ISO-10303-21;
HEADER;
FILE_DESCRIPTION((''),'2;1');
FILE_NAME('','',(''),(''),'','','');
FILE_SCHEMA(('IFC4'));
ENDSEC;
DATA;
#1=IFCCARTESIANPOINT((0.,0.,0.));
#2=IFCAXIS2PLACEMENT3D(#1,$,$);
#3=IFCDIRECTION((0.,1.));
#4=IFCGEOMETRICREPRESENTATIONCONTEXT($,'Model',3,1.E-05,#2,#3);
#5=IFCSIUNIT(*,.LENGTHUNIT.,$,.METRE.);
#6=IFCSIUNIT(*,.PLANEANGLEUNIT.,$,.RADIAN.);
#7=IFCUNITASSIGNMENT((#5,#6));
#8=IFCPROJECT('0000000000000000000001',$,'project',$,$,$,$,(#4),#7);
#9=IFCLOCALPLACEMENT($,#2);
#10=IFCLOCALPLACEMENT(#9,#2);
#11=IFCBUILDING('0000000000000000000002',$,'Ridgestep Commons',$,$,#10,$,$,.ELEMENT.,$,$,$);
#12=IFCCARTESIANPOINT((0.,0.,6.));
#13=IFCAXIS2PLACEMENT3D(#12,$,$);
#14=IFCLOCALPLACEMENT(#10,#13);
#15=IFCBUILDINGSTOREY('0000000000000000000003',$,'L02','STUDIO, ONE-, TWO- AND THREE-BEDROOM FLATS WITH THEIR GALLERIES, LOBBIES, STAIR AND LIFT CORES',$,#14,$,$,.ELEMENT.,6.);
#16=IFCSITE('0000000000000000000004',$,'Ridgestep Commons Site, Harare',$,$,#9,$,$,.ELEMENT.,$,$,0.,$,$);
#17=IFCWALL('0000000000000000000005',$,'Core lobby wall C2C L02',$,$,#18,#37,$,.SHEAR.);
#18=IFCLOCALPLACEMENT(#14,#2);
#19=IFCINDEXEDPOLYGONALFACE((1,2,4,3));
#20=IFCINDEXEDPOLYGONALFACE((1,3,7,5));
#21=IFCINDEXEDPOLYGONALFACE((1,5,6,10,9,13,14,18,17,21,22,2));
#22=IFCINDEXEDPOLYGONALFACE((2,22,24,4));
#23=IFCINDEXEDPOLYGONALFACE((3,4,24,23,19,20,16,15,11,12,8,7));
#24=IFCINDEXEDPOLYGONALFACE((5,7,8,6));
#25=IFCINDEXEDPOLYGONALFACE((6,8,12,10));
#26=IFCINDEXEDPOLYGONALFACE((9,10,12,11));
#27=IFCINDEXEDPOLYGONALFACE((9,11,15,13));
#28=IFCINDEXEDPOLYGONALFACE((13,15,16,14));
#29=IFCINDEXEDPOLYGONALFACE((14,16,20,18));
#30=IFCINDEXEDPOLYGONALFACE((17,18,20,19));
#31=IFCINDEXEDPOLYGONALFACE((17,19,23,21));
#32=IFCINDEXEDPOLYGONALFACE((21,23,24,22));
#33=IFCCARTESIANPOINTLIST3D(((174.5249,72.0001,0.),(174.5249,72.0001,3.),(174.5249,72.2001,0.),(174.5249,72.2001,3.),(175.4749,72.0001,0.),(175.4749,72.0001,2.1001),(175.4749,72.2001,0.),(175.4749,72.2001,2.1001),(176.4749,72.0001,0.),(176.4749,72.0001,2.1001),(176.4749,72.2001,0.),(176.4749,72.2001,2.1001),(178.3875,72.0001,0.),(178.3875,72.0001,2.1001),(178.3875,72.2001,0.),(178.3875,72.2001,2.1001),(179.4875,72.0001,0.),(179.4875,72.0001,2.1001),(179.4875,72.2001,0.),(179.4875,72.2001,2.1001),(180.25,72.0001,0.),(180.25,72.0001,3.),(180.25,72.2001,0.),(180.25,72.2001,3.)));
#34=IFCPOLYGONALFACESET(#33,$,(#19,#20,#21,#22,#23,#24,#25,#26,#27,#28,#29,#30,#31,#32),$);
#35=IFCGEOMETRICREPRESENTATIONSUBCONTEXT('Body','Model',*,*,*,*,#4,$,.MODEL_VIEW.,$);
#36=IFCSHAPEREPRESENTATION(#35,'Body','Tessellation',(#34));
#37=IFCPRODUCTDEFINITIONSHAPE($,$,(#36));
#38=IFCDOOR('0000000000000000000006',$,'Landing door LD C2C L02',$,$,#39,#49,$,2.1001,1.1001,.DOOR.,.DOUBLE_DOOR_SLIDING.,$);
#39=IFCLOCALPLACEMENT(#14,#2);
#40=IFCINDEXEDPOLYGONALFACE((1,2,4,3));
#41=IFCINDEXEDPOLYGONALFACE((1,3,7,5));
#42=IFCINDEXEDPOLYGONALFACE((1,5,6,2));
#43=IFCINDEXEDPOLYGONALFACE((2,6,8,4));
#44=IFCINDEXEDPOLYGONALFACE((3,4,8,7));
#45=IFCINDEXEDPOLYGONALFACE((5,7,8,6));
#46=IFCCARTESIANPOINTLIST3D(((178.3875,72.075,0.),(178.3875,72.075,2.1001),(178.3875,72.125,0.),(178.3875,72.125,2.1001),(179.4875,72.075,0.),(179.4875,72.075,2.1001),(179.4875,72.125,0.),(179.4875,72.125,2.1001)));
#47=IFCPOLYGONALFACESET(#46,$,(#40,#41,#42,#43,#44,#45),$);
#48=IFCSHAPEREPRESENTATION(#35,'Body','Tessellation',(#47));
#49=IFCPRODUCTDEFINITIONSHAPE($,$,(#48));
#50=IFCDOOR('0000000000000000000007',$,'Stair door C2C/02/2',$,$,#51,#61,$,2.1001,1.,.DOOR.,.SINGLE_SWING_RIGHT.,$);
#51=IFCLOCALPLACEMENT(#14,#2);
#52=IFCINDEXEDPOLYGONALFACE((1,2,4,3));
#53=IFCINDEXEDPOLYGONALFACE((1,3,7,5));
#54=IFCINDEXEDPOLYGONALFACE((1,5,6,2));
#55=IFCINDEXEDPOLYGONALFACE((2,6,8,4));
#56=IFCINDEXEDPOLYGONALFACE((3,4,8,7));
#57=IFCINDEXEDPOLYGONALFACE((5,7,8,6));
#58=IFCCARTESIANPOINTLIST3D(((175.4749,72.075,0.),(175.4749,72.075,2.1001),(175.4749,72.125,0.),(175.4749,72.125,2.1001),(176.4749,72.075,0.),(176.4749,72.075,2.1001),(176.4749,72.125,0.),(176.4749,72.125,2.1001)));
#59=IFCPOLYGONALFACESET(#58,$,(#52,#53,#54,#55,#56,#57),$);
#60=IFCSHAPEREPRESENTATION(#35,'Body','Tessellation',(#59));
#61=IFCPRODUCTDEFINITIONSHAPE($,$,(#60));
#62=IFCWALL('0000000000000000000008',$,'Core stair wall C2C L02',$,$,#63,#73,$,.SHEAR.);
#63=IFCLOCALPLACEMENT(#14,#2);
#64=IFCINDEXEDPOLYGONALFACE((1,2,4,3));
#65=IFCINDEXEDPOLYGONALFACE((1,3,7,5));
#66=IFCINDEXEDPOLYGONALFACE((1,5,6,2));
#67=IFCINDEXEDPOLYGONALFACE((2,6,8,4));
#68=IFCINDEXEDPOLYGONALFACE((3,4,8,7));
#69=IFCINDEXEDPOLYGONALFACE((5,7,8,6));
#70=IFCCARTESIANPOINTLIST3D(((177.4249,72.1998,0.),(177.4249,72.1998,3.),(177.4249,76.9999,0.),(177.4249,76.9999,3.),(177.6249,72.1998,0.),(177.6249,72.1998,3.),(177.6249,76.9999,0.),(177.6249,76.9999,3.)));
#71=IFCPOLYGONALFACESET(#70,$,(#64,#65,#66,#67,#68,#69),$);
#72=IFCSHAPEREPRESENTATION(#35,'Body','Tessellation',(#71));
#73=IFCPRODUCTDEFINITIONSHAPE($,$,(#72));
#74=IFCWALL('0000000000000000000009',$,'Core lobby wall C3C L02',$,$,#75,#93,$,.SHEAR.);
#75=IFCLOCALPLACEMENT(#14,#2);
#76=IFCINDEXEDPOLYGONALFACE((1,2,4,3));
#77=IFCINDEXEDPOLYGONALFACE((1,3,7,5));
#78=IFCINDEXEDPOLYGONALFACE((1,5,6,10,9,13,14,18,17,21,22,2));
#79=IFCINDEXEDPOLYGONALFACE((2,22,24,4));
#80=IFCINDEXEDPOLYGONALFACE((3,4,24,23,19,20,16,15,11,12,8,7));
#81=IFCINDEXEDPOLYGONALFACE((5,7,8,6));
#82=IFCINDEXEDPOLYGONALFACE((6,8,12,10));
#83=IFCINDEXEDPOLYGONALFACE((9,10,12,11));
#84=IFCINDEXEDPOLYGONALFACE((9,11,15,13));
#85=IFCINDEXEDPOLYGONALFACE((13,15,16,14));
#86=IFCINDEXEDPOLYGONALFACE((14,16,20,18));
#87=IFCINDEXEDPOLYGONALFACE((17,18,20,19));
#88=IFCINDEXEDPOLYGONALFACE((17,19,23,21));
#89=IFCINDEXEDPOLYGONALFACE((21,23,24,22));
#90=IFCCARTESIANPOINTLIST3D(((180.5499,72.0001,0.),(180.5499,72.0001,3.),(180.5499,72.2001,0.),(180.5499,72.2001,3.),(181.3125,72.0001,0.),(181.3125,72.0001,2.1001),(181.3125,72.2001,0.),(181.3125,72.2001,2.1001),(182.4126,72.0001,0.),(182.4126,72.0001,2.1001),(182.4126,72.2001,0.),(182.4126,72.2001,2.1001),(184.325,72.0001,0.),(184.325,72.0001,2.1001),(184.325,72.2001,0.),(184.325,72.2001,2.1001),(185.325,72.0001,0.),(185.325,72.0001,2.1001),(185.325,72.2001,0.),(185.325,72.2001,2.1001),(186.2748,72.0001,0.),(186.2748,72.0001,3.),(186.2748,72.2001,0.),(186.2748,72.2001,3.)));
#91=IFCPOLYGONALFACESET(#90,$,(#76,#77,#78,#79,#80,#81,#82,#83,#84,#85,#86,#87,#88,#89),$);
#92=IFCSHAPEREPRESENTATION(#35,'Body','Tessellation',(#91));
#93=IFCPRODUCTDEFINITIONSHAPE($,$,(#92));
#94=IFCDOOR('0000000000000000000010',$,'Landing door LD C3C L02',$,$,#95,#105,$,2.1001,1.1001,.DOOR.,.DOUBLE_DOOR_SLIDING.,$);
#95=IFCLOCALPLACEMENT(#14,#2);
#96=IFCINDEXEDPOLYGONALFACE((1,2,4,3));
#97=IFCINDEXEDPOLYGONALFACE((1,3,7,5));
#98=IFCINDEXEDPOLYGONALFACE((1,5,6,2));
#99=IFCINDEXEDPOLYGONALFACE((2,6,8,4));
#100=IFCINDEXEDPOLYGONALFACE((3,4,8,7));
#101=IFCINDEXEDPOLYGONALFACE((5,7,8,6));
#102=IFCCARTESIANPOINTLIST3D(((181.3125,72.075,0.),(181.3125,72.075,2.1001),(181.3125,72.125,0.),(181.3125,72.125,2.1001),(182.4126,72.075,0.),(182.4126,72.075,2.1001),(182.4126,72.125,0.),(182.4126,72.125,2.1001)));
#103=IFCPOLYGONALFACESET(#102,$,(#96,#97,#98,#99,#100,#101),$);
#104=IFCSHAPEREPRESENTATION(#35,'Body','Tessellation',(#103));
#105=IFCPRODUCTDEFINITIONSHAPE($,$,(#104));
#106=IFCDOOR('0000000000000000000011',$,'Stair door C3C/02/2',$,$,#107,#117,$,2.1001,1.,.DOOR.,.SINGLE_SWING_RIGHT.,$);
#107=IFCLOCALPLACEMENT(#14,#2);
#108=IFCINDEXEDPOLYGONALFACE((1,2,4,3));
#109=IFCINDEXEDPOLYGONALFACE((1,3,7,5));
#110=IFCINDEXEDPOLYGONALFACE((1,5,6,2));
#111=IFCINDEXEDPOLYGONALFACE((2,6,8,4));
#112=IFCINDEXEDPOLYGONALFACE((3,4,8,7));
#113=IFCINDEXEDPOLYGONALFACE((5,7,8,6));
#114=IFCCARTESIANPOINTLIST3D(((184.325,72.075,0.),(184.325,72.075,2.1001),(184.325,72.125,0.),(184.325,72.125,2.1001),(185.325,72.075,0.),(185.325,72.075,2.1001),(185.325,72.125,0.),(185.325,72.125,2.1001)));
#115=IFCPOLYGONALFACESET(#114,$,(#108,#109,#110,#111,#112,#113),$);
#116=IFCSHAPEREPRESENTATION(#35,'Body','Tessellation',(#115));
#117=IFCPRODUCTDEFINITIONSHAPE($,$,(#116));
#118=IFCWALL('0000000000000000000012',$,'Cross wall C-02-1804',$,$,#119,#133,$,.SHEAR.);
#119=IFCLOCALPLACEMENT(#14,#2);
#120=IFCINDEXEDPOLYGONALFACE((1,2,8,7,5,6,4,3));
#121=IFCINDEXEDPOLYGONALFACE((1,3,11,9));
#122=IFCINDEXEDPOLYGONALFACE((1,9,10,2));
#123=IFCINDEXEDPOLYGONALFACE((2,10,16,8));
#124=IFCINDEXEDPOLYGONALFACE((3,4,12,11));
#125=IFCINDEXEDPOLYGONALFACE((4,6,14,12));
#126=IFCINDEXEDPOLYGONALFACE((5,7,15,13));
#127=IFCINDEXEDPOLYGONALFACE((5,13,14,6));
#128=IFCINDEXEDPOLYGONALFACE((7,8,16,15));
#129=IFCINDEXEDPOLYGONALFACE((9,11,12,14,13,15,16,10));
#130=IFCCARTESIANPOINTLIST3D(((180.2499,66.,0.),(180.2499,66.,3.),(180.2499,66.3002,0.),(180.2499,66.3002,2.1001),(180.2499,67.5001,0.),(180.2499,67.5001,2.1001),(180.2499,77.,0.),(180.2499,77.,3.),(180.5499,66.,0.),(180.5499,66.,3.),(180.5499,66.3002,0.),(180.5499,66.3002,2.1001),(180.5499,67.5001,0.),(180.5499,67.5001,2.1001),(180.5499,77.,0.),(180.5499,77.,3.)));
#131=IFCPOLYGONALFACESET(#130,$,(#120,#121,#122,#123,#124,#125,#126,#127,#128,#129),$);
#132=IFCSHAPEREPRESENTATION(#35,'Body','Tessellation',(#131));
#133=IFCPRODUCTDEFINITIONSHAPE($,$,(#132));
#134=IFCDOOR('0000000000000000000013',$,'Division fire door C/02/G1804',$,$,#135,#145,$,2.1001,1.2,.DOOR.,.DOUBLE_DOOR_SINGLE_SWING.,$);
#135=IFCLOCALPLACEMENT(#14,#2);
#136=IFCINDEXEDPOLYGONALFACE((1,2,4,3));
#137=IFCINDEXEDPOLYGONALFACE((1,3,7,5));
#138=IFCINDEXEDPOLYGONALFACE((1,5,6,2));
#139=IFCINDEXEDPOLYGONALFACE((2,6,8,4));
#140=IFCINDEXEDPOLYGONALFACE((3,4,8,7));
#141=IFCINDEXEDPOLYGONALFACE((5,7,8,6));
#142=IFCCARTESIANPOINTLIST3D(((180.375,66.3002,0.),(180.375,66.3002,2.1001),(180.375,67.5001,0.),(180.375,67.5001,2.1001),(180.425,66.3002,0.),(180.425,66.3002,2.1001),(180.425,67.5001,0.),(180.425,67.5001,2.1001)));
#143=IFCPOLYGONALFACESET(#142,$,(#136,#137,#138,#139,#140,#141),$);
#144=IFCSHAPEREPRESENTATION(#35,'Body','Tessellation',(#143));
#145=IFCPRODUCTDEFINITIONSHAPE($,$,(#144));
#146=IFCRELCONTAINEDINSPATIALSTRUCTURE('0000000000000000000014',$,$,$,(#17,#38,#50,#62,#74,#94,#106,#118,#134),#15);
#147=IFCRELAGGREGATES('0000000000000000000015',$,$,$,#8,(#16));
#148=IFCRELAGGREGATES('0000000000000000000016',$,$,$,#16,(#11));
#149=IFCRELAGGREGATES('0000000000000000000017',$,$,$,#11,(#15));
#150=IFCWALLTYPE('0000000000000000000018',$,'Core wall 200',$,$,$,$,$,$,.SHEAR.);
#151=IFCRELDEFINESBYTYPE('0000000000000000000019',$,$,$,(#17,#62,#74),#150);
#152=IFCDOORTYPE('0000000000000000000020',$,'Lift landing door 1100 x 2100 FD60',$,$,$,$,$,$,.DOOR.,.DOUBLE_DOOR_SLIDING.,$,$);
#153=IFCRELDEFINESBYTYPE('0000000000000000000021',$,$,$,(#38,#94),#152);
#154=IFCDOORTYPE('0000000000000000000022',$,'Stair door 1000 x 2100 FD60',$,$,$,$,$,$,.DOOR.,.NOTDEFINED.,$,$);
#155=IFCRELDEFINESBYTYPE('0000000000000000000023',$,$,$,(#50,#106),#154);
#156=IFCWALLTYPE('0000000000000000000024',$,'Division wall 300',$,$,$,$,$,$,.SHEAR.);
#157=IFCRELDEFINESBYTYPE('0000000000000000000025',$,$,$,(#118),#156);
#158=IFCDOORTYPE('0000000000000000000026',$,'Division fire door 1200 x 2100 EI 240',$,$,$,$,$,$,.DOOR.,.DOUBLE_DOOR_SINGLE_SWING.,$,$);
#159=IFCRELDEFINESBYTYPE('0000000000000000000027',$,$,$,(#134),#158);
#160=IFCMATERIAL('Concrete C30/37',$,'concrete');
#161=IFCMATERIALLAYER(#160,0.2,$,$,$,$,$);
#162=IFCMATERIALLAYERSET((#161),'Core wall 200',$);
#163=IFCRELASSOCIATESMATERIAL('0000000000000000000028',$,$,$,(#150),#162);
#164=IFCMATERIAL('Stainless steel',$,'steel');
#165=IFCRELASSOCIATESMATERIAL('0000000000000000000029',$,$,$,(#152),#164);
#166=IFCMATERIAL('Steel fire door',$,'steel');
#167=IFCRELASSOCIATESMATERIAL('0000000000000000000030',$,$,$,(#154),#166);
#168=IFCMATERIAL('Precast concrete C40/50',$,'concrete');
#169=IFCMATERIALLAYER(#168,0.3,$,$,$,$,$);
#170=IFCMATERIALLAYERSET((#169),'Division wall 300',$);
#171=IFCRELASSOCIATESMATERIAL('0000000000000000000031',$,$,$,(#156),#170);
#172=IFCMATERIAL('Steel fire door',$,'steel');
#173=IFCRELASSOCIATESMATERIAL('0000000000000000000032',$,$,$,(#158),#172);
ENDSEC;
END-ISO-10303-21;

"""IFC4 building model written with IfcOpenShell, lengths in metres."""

from ifc_helpers import new_model, si_unit, direction, frame, frame_2d, origin, place, context, subcontext, project, spatial, rectangle, extrude, material, layer, layer_set, type_object, element, fill, save


model = new_model("IFC4")

# Units and contexts
model_context = context("Model", 3, precision=1e-05, world=origin(), true_north=direction((0.0, 1.0)))
body_context = subcontext(model_context, "Body", "Model", "MODEL_VIEW")
ifc_project = project(units=[si_unit("LENGTHUNIT", "METRE"), si_unit("PLANEANGLEUNIT", "RADIAN")], contexts=[model_context])

# Site, building, storey
site_placement = place(None, origin())
site = spatial("IfcSite", under=ifc_project, at=site_placement, Name="Ridgestep Commons Site, Harare", CompositionType="ELEMENT", RefElevation=0.0)
building_placement = place(site_placement, origin())
building = spatial("IfcBuilding", under=site, at=building_placement, Name="Ridgestep Commons", CompositionType="ELEMENT")
storey_placement = place(building_placement, frame((0.0, 0.0, 6.0)))
storey = spatial("IfcBuildingStorey", under=building, at=storey_placement, Name="L02", Description="STUDIO, ONE-, TWO- AND THREE-BEDROOM FLATS WITH THEIR GALLERIES, LOBBIES, STAIR AND LIFT CORES", CompositionType="ELEMENT", Elevation=6.0)

# Wall, openings, doors
ifc_material_1 = material(Name="Concrete C30/37", Category="concrete")
ifc_layer_1 = layer(ifc_material_1, 0.2)
ifc_layer_set_1 = layer_set([ifc_layer_1], Name="Core wall 200")
wall_type_1 = type_object("IfcWallType", Name="Core wall 200", PredefinedType="SHEAR", material=ifc_layer_set_1)
wall_1_placement = place(storey_placement, frame((174.5249, 72.1001, 0.0), z_axis=(0.0, 0.0, 1.0), x_axis=(1.0, 0.0, 0.0)))
wall_1 = element("IfcWall", 1, at=wall_1_placement, inside=storey, type_object=wall_type_1, Name="Core lobby wall C2C L02", PredefinedType="SHEAR", context=body_context, shape_type="SweptSolid", body=[
    extrude(rectangle(XDim=5.7251, YDim=0.2, at=frame_2d((2.8625, 0.0))), origin(), (0.0, 0.0, 1.0), 3.0),
])
opening_1_placement = place(wall_1_placement, frame((0.95, 0.0, 0.0)))
opening_1 = element("IfcOpeningElement", 2, at=opening_1_placement, cuts=wall_1, PredefinedType="OPENING", context=body_context, shape_type="SweptSolid", body=[
    extrude(rectangle(XDim=1.0, YDim=2.1001, at=frame_2d((0.5, 1.05))), frame((0.0, 0.1099, 0.0), z_axis=(0.0, -1.0, 0.0), x_axis=(1.0, 0.0, 0.0)), (0.0, 0.0, 1.0), 0.22),
])
opening_2_placement = place(wall_1_placement, frame((3.8625, 0.0, 0.0)))
opening_2 = element("IfcOpeningElement", 3, at=opening_2_placement, cuts=wall_1, PredefinedType="OPENING", context=body_context, shape_type="SweptSolid", body=[
    extrude(rectangle(XDim=1.1001, YDim=2.1001, at=frame_2d((0.55, 1.05))), frame((0.0, 0.1099, 0.0), z_axis=(0.0, -1.0, 0.0), x_axis=(1.0, 0.0, 0.0)), (0.0, 0.0, 1.0), 0.22),
])
ifc_material_2 = material(Name="Stainless steel", Category="steel")
door_type_1 = type_object("IfcDoorType", Name="Lift landing door 1100 x 2100 FD60", OperationType="DOUBLE_DOOR_SLIDING", PredefinedType="DOOR", material=ifc_material_2)
door_1_placement = place(opening_2_placement, origin())
door_1 = element("IfcDoor", 4, at=door_1_placement, inside=storey, type_object=door_type_1, Name="Landing door LD C2C L02", OperationType="DOUBLE_DOOR_SLIDING", OverallHeight=2.1001, OverallWidth=1.1001, PredefinedType="DOOR", context=body_context, shape_type="SweptSolid", body=[
    extrude(rectangle(XDim=1.1001, YDim=2.1001, at=frame_2d((0.55, 1.05))), frame((0.0, 0.0249, 0.0), z_axis=(0.0, -1.0, 0.0), x_axis=(1.0, 0.0, 0.0)), (0.0, 0.0, 1.0), 0.05),
])
fill(opening_2, door_1)
ifc_material_3 = material(Name="Steel fire door", Category="steel")
door_type_2 = type_object("IfcDoorType", Name="Stair door 1000 x 2100 FD60", OperationType="NOTDEFINED", PredefinedType="DOOR", material=ifc_material_3)
door_2_placement = place(opening_1_placement, origin())
door_2 = element("IfcDoor", 5, at=door_2_placement, inside=storey, type_object=door_type_2, Name="Stair door C2C/02/2", OperationType="SINGLE_SWING_RIGHT", OverallHeight=2.1001, OverallWidth=1.0, PredefinedType="DOOR", context=body_context, shape_type="SweptSolid", body=[
    extrude(rectangle(XDim=1.0, YDim=2.1001, at=frame_2d((0.5, 1.05))), frame((0.0, 0.0249, 0.0), z_axis=(0.0, -1.0, 0.0), x_axis=(1.0, 0.0, 0.0)), (0.0, 0.0, 1.0), 0.05),
])
fill(opening_1, door_2)

# Wall
wall_2_placement = place(storey_placement, frame((177.5249, 72.2, 0.0), z_axis=(0.0, 0.0, 1.0), x_axis=(0.0, 1.0, 0.0)))
element("IfcWall", 6, at=wall_2_placement, inside=storey, type_object=wall_type_1, Name="Core stair wall C2C L02", PredefinedType="SHEAR", context=body_context, shape_type="SweptSolid", body=[
    extrude(rectangle(XDim=4.8, YDim=0.2, at=frame_2d((2.3999, 0.0))), origin(), (0.0, 0.0, 1.0), 3.0),
])

# Wall, openings, doors
wall_3_placement = place(storey_placement, frame((180.55, 72.1001, 0.0), z_axis=(0.0, 0.0, 1.0), x_axis=(1.0, 0.0, 0.0)))
wall_3 = element("IfcWall", 7, at=wall_3_placement, inside=storey, type_object=wall_type_1, Name="Core lobby wall C3C L02", PredefinedType="SHEAR", context=body_context, shape_type="SweptSolid", body=[
    extrude(rectangle(XDim=5.7249, YDim=0.2, at=frame_2d((2.8623, 0.0))), origin(), (0.0, 0.0, 1.0), 3.0),
])
opening_3_placement = place(wall_3_placement, frame((3.7749, 0.0, 0.0)))
opening_3 = element("IfcOpeningElement", 8, at=opening_3_placement, cuts=wall_3, PredefinedType="OPENING", context=body_context, shape_type="SweptSolid", body=[
    extrude(rectangle(XDim=1.0, YDim=2.1001, at=frame_2d((0.5, 1.05))), frame((0.0, 0.1099, 0.0), z_axis=(0.0, -1.0, 0.0), x_axis=(1.0, 0.0, 0.0)), (0.0, 0.0, 1.0), 0.22),
])
opening_4_placement = place(wall_3_placement, frame((0.7625, 0.0, 0.0)))
opening_4 = element("IfcOpeningElement", 9, at=opening_4_placement, cuts=wall_3, PredefinedType="OPENING", context=body_context, shape_type="SweptSolid", body=[
    extrude(rectangle(XDim=1.1001, YDim=2.1001, at=frame_2d((0.55, 1.05))), frame((0.0, 0.1099, 0.0), z_axis=(0.0, -1.0, 0.0), x_axis=(1.0, 0.0, 0.0)), (0.0, 0.0, 1.0), 0.22),
])
door_3_placement = place(opening_4_placement, origin())
door_3 = element("IfcDoor", 10, at=door_3_placement, inside=storey, type_object=door_type_1, Name="Landing door LD C3C L02", OperationType="DOUBLE_DOOR_SLIDING", OverallHeight=2.1001, OverallWidth=1.1001, PredefinedType="DOOR", context=body_context, shape_type="SweptSolid", body=[
    extrude(rectangle(XDim=1.1001, YDim=2.1001, at=frame_2d((0.55, 1.05))), frame((0.0, 0.0249, 0.0), z_axis=(0.0, -1.0, 0.0), x_axis=(1.0, 0.0, 0.0)), (0.0, 0.0, 1.0), 0.05),
])
fill(opening_4, door_3)
door_4_placement = place(opening_3_placement, origin())
door_4 = element("IfcDoor", 11, at=door_4_placement, inside=storey, type_object=door_type_2, Name="Stair door C3C/02/2", OperationType="SINGLE_SWING_RIGHT", OverallHeight=2.1001, OverallWidth=1.0, PredefinedType="DOOR", context=body_context, shape_type="SweptSolid", body=[
    extrude(rectangle(XDim=1.0, YDim=2.1001, at=frame_2d((0.5, 1.05))), frame((0.0, 0.0249, 0.0), z_axis=(0.0, -1.0, 0.0), x_axis=(1.0, 0.0, 0.0)), (0.0, 0.0, 1.0), 0.05),
])
fill(opening_3, door_4)

# Wall, opening, door
ifc_material_4 = material(Name="Precast concrete C40/50", Category="concrete")
ifc_layer_2 = layer(ifc_material_4, 0.3)
ifc_layer_set_2 = layer_set([ifc_layer_2], Name="Division wall 300")
wall_type_2 = type_object("IfcWallType", Name="Division wall 300", PredefinedType="SHEAR", material=ifc_layer_set_2)
wall_4_placement = place(storey_placement, frame((180.3999, 66.0, 0.0), z_axis=(0.0, 0.0, 1.0), x_axis=(0.0, 1.0, 0.0)))
wall_4 = element("IfcWall", 12, at=wall_4_placement, inside=storey, type_object=wall_type_2, Name="Cross wall C-02-1804", PredefinedType="SHEAR", context=body_context, shape_type="SweptSolid", body=[
    extrude(rectangle(XDim=11.0, YDim=0.3, at=frame_2d((5.5, 0.0))), origin(), (0.0, 0.0, 1.0), 3.0),
])
opening_5_placement = place(wall_4_placement, frame((0.3, 0.0, 0.0)))
opening_5 = element("IfcOpeningElement", 13, at=opening_5_placement, cuts=wall_4, PredefinedType="OPENING", context=body_context, shape_type="SweptSolid", body=[
    extrude(rectangle(XDim=1.2, YDim=2.1001, at=frame_2d((0.6001, 1.05))), frame((0.0, 0.1599, 0.0), z_axis=(0.0, -1.0, 0.0), x_axis=(1.0, 0.0, 0.0)), (0.0, 0.0, 1.0), 0.3201),
])
ifc_material_5 = material(Name="Steel fire door", Category="steel")
door_type_3 = type_object("IfcDoorType", Name="Division fire door 1200 x 2100 EI 240", OperationType="DOUBLE_DOOR_SINGLE_SWING", PredefinedType="DOOR", material=ifc_material_5)
door_5_placement = place(opening_5_placement, origin())
door_5 = element("IfcDoor", 14, at=door_5_placement, inside=storey, type_object=door_type_3, Name="Division fire door C/02/G1804", OperationType="DOUBLE_DOOR_SINGLE_SWING", OverallHeight=2.1001, OverallWidth=1.2, PredefinedType="DOOR", context=body_context, shape_type="SweptSolid", body=[
    extrude(rectangle(XDim=1.2, YDim=2.1001, at=frame_2d((0.6001, 1.05))), frame((0.0, 0.0249, 0.0), z_axis=(0.0, -1.0, 0.0), x_axis=(1.0, 0.0, 0.0)), (0.0, 0.0, 1.0), 0.05),
])
fill(opening_5, door_5)

save(model, "model.ifc")
